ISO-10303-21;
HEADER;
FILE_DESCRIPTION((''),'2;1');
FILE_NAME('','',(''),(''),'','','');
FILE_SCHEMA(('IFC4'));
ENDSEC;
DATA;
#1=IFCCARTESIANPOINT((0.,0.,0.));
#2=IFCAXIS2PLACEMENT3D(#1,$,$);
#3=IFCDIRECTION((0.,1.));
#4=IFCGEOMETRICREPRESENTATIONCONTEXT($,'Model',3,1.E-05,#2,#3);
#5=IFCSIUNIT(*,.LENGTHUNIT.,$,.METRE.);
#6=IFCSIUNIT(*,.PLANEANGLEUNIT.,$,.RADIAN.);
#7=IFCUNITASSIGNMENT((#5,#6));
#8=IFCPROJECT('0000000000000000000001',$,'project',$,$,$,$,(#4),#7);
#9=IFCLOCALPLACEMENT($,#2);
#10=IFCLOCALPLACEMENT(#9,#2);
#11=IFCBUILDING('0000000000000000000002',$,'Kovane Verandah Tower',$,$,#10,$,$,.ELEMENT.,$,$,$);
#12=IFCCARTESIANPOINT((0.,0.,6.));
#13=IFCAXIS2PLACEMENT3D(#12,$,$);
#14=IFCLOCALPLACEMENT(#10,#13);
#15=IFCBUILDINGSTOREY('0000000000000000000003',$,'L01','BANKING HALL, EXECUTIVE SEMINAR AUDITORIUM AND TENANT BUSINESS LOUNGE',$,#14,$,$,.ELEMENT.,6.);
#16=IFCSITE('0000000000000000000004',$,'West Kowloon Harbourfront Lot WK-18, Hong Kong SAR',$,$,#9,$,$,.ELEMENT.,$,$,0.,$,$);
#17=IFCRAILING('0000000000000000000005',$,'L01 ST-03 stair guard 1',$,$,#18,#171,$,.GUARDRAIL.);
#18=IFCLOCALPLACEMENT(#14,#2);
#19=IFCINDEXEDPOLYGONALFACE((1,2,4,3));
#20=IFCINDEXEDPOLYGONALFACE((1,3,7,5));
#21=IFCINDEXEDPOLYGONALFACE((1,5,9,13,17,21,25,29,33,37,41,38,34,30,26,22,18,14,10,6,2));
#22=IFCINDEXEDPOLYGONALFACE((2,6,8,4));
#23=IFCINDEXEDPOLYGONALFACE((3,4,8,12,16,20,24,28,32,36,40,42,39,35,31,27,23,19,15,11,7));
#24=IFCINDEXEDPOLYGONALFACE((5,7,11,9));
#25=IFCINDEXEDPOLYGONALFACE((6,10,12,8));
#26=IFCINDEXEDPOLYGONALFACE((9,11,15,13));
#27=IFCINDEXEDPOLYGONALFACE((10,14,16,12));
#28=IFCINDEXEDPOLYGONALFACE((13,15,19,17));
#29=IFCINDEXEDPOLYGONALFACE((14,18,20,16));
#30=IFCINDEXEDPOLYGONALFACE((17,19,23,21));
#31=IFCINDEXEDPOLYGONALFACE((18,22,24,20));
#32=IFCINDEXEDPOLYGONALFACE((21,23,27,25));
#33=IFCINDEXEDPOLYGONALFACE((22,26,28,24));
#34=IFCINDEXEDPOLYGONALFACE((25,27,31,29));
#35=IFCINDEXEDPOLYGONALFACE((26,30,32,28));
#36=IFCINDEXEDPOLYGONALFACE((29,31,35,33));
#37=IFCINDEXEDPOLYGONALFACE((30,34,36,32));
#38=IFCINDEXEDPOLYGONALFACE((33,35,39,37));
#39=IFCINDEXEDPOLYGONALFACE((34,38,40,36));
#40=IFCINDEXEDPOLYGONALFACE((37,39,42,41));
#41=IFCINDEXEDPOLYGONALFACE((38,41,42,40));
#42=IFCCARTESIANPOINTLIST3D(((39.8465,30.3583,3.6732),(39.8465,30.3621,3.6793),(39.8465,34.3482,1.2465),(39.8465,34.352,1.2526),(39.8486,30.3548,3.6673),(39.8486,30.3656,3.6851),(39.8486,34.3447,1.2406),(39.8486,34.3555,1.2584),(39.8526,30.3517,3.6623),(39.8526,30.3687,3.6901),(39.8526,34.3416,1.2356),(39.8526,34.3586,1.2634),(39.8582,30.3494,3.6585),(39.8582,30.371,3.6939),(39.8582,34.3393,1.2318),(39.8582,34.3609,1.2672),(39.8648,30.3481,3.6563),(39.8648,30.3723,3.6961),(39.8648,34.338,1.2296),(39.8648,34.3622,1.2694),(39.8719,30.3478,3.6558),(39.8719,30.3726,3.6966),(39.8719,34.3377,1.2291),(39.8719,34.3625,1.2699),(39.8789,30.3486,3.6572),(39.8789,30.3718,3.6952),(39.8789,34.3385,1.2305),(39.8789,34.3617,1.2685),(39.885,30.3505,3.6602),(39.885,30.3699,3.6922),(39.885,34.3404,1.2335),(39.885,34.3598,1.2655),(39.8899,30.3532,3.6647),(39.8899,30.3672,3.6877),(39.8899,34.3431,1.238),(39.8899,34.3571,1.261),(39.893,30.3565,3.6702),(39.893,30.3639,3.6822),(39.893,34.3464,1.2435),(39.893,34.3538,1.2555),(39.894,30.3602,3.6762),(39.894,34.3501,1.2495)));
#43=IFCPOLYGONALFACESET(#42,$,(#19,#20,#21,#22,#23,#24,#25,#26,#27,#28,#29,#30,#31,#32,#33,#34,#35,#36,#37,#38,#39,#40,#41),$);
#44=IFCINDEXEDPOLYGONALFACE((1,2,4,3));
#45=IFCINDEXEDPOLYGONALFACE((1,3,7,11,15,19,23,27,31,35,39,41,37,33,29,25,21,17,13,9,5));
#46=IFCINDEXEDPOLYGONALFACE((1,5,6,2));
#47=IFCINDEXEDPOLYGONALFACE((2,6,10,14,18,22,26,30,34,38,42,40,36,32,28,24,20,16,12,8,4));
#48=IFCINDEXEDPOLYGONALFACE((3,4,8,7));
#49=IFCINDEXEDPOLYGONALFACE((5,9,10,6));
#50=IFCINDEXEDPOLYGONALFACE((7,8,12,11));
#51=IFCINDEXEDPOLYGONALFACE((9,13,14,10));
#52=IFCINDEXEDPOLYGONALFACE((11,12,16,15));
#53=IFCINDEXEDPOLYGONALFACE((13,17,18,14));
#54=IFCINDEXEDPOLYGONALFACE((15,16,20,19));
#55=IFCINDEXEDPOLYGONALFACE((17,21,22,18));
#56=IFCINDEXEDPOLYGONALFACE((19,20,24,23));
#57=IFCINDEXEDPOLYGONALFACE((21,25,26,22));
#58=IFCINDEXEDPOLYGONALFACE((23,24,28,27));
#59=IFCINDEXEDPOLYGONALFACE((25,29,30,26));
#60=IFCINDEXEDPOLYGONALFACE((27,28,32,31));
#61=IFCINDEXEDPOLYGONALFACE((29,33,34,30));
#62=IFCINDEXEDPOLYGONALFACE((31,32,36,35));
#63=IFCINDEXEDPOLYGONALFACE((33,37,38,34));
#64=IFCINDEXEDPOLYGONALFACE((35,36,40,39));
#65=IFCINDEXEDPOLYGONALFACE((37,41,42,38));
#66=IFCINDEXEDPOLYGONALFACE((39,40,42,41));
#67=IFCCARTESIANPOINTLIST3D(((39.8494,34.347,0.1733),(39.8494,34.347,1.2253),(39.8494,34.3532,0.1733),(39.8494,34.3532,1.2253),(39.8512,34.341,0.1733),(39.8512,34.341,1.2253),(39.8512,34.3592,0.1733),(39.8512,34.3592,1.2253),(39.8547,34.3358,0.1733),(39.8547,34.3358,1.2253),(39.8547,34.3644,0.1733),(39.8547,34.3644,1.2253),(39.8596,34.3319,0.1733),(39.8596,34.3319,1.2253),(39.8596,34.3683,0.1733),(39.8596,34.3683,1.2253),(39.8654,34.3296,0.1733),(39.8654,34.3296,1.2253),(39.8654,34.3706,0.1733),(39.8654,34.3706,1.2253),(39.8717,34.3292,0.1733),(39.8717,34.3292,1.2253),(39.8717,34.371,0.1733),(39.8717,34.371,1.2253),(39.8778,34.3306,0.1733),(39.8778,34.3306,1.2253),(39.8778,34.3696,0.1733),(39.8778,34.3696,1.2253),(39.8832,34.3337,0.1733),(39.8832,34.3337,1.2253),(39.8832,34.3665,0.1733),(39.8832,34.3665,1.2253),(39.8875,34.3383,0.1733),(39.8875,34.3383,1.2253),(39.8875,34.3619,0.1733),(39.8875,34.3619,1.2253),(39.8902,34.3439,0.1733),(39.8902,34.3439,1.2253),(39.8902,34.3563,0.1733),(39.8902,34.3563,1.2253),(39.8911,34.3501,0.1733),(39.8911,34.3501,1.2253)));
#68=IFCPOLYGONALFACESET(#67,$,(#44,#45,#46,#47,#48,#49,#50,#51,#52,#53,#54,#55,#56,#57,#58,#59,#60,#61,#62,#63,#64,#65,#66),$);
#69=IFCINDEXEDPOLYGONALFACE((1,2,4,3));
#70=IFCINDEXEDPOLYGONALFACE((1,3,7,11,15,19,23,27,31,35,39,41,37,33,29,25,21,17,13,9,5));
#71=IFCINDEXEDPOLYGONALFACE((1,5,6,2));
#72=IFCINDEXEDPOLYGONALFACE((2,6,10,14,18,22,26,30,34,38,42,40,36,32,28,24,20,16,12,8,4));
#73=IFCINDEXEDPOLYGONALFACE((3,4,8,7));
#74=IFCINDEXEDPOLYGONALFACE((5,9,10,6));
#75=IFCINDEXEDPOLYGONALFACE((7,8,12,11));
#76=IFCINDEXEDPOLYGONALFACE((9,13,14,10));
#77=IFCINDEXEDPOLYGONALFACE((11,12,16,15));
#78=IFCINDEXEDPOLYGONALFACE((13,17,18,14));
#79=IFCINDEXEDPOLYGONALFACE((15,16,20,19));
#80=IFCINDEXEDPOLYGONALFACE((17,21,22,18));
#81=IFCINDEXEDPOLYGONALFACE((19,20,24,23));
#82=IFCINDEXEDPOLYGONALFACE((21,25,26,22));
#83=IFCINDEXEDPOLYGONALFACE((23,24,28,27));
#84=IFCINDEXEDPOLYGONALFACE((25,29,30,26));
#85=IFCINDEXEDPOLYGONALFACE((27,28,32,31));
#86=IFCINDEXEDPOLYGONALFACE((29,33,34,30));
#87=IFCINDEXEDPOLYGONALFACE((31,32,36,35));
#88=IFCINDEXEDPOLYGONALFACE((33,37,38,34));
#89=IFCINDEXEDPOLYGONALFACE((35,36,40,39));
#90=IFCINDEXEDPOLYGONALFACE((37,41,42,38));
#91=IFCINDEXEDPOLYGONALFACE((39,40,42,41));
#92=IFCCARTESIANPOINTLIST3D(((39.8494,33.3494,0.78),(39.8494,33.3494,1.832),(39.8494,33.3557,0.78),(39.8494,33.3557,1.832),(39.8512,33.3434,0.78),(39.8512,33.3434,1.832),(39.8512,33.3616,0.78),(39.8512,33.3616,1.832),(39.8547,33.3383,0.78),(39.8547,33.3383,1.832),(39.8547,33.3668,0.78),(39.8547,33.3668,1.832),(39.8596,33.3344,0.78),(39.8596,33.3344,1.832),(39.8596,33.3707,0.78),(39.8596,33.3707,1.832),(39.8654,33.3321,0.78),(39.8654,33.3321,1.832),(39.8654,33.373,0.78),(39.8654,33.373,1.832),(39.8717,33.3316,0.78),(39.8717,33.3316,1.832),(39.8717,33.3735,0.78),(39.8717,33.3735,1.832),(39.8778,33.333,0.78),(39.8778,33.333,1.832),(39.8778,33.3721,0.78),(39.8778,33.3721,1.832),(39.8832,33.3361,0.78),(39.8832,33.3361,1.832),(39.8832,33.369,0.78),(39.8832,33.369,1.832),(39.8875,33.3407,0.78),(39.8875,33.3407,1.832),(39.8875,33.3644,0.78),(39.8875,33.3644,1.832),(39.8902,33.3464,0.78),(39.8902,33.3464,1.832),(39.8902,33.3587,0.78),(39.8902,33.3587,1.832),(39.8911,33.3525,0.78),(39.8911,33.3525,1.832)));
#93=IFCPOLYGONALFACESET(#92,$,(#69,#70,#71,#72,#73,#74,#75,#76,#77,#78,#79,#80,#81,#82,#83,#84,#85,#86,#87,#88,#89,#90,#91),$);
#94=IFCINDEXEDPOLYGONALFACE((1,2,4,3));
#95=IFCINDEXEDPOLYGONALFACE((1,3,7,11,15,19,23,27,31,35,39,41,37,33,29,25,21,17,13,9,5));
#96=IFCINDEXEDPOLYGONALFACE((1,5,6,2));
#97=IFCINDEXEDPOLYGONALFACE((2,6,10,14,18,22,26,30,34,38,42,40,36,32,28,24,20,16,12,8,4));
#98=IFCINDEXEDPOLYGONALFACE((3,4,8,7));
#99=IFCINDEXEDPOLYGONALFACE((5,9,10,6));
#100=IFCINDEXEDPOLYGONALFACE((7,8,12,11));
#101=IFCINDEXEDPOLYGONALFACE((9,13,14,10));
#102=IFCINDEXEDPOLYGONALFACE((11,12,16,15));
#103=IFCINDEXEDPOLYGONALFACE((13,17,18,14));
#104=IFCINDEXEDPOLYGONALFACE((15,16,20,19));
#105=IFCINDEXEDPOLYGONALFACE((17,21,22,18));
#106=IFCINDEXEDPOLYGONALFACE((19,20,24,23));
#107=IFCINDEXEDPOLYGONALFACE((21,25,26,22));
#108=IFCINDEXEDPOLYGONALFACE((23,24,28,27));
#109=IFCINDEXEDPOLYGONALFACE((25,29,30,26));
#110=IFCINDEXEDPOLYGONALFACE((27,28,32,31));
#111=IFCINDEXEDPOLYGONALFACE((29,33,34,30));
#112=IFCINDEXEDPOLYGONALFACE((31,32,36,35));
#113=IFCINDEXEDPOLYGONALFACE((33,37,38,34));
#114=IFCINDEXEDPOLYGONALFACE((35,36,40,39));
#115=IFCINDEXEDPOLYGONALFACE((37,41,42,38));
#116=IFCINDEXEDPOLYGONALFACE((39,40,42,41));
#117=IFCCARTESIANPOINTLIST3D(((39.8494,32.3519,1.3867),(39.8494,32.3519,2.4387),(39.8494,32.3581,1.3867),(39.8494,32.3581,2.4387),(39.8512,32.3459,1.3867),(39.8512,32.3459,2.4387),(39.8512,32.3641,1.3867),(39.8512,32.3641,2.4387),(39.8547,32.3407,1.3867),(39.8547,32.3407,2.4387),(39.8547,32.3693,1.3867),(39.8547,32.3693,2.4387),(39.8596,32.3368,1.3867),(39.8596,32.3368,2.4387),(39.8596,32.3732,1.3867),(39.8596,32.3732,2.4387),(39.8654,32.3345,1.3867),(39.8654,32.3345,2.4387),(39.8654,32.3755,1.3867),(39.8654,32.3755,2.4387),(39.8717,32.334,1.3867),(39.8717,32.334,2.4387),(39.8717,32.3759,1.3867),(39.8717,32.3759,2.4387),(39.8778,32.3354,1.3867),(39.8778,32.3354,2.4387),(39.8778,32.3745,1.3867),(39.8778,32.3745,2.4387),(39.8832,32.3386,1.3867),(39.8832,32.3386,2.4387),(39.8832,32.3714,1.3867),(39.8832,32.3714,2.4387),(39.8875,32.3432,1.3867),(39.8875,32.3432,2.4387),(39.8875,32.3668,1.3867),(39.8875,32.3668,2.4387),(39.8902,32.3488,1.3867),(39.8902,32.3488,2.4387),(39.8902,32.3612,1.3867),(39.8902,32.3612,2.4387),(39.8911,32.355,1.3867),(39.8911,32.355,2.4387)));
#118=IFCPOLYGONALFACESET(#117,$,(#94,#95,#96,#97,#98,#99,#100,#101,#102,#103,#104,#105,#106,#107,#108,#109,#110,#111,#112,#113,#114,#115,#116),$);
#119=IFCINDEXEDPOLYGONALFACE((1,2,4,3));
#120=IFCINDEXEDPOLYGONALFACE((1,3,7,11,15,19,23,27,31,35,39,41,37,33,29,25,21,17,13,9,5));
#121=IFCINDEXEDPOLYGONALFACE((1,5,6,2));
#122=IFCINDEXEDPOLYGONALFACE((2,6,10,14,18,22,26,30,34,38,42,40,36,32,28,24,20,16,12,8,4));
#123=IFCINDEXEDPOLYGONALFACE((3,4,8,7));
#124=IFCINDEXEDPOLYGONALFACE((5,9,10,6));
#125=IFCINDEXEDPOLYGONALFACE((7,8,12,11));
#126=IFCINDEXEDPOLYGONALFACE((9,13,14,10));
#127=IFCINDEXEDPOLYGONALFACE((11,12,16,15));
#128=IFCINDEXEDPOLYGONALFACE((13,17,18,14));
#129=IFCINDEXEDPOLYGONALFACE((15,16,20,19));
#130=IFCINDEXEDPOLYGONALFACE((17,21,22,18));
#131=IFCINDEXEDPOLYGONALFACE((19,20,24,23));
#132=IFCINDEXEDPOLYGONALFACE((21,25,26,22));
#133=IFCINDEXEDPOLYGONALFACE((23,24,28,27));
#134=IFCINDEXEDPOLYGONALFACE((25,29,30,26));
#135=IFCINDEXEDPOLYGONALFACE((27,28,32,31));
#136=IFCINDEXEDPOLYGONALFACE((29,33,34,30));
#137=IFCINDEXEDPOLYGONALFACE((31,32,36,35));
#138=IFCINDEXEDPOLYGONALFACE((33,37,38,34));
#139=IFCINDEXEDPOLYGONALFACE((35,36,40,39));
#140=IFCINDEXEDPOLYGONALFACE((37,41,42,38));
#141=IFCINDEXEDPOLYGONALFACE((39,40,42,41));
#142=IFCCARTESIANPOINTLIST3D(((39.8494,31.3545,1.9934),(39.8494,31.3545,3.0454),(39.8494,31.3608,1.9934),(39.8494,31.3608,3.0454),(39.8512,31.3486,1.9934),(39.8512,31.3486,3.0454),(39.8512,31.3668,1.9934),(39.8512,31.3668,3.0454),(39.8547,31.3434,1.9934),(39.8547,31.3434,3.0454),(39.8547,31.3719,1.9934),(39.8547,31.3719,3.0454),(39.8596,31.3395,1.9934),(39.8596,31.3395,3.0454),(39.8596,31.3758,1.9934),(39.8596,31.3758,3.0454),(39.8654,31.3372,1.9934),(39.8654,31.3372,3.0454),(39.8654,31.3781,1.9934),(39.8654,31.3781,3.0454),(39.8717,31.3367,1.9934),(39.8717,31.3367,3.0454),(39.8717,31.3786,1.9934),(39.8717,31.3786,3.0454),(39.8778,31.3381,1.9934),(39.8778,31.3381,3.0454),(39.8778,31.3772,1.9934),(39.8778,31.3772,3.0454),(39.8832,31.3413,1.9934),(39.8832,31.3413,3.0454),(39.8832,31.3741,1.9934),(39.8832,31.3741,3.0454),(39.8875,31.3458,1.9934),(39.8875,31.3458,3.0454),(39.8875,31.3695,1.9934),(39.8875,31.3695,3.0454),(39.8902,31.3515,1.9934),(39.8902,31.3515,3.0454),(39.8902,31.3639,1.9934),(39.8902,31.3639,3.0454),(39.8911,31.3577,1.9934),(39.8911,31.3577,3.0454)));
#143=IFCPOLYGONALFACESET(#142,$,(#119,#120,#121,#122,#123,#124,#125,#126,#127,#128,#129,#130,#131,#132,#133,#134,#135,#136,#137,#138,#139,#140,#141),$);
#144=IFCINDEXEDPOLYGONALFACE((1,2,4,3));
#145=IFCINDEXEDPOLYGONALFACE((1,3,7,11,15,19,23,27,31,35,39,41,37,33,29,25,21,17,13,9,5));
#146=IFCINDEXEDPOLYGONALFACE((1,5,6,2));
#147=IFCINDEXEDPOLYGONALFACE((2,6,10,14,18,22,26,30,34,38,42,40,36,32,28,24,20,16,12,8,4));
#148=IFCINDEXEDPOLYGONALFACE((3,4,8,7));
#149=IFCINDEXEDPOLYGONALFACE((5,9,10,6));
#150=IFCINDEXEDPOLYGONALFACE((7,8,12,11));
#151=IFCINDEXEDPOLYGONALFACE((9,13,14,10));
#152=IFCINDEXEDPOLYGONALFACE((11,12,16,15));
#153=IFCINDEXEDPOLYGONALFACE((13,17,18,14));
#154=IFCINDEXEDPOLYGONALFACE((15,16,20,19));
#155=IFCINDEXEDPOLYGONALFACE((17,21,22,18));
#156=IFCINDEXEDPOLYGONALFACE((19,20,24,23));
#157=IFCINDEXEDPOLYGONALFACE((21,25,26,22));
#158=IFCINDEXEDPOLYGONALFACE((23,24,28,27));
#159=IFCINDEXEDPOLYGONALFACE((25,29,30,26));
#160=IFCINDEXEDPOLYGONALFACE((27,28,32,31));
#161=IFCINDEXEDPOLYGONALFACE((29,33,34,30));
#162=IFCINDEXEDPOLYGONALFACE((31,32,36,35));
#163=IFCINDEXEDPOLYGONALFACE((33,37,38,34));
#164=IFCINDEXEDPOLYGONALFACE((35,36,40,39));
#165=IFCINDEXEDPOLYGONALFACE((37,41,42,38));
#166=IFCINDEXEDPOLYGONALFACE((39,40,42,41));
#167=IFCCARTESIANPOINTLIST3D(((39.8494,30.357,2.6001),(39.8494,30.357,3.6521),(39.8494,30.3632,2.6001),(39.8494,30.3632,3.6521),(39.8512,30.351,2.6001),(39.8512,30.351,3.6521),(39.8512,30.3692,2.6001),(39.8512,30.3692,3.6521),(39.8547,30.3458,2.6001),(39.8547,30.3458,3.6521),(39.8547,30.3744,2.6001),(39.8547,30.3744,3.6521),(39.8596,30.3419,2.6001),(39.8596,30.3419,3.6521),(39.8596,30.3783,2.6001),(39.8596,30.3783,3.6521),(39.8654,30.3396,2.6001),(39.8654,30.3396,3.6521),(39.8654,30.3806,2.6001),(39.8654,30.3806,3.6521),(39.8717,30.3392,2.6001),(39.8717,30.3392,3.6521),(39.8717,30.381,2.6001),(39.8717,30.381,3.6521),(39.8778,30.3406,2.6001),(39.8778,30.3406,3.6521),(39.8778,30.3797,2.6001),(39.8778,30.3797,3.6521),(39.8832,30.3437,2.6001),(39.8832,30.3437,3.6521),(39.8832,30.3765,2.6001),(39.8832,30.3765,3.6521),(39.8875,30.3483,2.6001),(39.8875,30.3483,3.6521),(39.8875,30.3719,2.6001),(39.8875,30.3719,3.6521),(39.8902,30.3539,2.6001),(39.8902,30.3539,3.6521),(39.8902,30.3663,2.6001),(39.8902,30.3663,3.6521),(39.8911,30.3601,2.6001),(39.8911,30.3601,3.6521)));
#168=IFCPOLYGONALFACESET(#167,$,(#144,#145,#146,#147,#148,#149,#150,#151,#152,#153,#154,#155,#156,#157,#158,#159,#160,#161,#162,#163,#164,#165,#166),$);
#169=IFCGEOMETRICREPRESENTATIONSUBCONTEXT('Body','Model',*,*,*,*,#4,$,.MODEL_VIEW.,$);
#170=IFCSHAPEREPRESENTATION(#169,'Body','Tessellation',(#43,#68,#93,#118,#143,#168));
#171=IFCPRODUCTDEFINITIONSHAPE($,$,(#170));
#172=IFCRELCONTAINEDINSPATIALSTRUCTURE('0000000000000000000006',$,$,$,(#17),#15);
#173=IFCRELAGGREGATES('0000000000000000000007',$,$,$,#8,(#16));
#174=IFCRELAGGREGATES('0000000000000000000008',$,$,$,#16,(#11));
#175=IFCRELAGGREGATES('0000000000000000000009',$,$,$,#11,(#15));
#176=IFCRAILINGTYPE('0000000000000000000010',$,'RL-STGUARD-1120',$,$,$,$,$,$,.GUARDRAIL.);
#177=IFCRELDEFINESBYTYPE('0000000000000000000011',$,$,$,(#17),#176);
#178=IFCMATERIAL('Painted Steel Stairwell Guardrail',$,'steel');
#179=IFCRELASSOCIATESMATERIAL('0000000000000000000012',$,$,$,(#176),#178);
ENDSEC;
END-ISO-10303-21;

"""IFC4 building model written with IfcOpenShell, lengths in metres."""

from ifc_helpers import new_model, si_unit, direction, frame, origin, origin_2d, place, context, subcontext, project, spatial, circle, extrude, material, type_object, element, save


model = new_model("IFC4")

# Units and contexts
model_context = context("Model", 3, precision=1e-05, world=origin(), true_north=direction((0.0, 1.0)))
body_context = subcontext(model_context, "Body", "Model", "MODEL_VIEW")
ifc_project = project(units=[si_unit("LENGTHUNIT", "METRE"), si_unit("PLANEANGLEUNIT", "RADIAN")], contexts=[model_context])

# Site, building, storey
site_placement = place(None, origin())
site = spatial("IfcSite", under=ifc_project, at=site_placement, Name="West Kowloon Harbourfront Lot WK-18, Hong Kong SAR", CompositionType="ELEMENT", RefElevation=0.0)
building_placement = place(site_placement, origin())
building = spatial("IfcBuilding", under=site, at=building_placement, Name="Kovane Verandah Tower", CompositionType="ELEMENT")
storey_placement = place(building_placement, frame((0.0, 0.0, 6.0)))
storey = spatial("IfcBuildingStorey", under=building, at=storey_placement, Name="L01", Description="BANKING HALL, EXECUTIVE SEMINAR AUDITORIUM AND TENANT BUSINESS LOUNGE", CompositionType="ELEMENT", Elevation=6.0)

# Railing
ifc_material_1 = material(Name="Painted Steel Stairwell Guardrail", Category="steel")
railing_type_1 = type_object("IfcRailingType", Name="RL-STGUARD-1120", PredefinedType="GUARDRAIL", material=ifc_material_1)
railing_1_placement = place(storey_placement, frame((39.8701, 34.3501, 0.1733)))
element("IfcRailing", 1, at=railing_1_placement, inside=storey, type_object=railing_type_1, Name="L01 ST-03 stair guard 1", PredefinedType="GUARDRAIL", context=body_context, shape_type="SweptSolid", body=[
    extrude(circle(Radius=0.0239, at=origin_2d()), frame((0.0, 0.0, 1.0762), z_axis=(0.0, -0.854382, 0.519645), x_axis=(1.0, 0.0, 0.0)), (0.0, 0.0, 1.0), 4.6699),
    extrude(circle(Radius=0.021, at=origin_2d()), origin(), (0.0, 0.0, 1.0), 1.052),
    extrude(circle(Radius=0.021, at=origin_2d()), frame((0.0, -0.9976, 0.6067)), (0.0, 0.0, 1.0), 1.052),
    extrude(circle(Radius=0.021, at=origin_2d()), frame((0.0, -1.9951, 1.2134)), (0.0, 0.0, 1.0), 1.052),
    extrude(circle(Radius=0.021, at=origin_2d()), frame((0.0, -2.9924, 1.8201)), (0.0, 0.0, 1.0), 1.052),
    extrude(circle(Radius=0.021, at=origin_2d()), frame((0.0, -3.99, 2.4268)), (0.0, 0.0, 1.0), 1.052),
])

save(model, "model.ifc")
